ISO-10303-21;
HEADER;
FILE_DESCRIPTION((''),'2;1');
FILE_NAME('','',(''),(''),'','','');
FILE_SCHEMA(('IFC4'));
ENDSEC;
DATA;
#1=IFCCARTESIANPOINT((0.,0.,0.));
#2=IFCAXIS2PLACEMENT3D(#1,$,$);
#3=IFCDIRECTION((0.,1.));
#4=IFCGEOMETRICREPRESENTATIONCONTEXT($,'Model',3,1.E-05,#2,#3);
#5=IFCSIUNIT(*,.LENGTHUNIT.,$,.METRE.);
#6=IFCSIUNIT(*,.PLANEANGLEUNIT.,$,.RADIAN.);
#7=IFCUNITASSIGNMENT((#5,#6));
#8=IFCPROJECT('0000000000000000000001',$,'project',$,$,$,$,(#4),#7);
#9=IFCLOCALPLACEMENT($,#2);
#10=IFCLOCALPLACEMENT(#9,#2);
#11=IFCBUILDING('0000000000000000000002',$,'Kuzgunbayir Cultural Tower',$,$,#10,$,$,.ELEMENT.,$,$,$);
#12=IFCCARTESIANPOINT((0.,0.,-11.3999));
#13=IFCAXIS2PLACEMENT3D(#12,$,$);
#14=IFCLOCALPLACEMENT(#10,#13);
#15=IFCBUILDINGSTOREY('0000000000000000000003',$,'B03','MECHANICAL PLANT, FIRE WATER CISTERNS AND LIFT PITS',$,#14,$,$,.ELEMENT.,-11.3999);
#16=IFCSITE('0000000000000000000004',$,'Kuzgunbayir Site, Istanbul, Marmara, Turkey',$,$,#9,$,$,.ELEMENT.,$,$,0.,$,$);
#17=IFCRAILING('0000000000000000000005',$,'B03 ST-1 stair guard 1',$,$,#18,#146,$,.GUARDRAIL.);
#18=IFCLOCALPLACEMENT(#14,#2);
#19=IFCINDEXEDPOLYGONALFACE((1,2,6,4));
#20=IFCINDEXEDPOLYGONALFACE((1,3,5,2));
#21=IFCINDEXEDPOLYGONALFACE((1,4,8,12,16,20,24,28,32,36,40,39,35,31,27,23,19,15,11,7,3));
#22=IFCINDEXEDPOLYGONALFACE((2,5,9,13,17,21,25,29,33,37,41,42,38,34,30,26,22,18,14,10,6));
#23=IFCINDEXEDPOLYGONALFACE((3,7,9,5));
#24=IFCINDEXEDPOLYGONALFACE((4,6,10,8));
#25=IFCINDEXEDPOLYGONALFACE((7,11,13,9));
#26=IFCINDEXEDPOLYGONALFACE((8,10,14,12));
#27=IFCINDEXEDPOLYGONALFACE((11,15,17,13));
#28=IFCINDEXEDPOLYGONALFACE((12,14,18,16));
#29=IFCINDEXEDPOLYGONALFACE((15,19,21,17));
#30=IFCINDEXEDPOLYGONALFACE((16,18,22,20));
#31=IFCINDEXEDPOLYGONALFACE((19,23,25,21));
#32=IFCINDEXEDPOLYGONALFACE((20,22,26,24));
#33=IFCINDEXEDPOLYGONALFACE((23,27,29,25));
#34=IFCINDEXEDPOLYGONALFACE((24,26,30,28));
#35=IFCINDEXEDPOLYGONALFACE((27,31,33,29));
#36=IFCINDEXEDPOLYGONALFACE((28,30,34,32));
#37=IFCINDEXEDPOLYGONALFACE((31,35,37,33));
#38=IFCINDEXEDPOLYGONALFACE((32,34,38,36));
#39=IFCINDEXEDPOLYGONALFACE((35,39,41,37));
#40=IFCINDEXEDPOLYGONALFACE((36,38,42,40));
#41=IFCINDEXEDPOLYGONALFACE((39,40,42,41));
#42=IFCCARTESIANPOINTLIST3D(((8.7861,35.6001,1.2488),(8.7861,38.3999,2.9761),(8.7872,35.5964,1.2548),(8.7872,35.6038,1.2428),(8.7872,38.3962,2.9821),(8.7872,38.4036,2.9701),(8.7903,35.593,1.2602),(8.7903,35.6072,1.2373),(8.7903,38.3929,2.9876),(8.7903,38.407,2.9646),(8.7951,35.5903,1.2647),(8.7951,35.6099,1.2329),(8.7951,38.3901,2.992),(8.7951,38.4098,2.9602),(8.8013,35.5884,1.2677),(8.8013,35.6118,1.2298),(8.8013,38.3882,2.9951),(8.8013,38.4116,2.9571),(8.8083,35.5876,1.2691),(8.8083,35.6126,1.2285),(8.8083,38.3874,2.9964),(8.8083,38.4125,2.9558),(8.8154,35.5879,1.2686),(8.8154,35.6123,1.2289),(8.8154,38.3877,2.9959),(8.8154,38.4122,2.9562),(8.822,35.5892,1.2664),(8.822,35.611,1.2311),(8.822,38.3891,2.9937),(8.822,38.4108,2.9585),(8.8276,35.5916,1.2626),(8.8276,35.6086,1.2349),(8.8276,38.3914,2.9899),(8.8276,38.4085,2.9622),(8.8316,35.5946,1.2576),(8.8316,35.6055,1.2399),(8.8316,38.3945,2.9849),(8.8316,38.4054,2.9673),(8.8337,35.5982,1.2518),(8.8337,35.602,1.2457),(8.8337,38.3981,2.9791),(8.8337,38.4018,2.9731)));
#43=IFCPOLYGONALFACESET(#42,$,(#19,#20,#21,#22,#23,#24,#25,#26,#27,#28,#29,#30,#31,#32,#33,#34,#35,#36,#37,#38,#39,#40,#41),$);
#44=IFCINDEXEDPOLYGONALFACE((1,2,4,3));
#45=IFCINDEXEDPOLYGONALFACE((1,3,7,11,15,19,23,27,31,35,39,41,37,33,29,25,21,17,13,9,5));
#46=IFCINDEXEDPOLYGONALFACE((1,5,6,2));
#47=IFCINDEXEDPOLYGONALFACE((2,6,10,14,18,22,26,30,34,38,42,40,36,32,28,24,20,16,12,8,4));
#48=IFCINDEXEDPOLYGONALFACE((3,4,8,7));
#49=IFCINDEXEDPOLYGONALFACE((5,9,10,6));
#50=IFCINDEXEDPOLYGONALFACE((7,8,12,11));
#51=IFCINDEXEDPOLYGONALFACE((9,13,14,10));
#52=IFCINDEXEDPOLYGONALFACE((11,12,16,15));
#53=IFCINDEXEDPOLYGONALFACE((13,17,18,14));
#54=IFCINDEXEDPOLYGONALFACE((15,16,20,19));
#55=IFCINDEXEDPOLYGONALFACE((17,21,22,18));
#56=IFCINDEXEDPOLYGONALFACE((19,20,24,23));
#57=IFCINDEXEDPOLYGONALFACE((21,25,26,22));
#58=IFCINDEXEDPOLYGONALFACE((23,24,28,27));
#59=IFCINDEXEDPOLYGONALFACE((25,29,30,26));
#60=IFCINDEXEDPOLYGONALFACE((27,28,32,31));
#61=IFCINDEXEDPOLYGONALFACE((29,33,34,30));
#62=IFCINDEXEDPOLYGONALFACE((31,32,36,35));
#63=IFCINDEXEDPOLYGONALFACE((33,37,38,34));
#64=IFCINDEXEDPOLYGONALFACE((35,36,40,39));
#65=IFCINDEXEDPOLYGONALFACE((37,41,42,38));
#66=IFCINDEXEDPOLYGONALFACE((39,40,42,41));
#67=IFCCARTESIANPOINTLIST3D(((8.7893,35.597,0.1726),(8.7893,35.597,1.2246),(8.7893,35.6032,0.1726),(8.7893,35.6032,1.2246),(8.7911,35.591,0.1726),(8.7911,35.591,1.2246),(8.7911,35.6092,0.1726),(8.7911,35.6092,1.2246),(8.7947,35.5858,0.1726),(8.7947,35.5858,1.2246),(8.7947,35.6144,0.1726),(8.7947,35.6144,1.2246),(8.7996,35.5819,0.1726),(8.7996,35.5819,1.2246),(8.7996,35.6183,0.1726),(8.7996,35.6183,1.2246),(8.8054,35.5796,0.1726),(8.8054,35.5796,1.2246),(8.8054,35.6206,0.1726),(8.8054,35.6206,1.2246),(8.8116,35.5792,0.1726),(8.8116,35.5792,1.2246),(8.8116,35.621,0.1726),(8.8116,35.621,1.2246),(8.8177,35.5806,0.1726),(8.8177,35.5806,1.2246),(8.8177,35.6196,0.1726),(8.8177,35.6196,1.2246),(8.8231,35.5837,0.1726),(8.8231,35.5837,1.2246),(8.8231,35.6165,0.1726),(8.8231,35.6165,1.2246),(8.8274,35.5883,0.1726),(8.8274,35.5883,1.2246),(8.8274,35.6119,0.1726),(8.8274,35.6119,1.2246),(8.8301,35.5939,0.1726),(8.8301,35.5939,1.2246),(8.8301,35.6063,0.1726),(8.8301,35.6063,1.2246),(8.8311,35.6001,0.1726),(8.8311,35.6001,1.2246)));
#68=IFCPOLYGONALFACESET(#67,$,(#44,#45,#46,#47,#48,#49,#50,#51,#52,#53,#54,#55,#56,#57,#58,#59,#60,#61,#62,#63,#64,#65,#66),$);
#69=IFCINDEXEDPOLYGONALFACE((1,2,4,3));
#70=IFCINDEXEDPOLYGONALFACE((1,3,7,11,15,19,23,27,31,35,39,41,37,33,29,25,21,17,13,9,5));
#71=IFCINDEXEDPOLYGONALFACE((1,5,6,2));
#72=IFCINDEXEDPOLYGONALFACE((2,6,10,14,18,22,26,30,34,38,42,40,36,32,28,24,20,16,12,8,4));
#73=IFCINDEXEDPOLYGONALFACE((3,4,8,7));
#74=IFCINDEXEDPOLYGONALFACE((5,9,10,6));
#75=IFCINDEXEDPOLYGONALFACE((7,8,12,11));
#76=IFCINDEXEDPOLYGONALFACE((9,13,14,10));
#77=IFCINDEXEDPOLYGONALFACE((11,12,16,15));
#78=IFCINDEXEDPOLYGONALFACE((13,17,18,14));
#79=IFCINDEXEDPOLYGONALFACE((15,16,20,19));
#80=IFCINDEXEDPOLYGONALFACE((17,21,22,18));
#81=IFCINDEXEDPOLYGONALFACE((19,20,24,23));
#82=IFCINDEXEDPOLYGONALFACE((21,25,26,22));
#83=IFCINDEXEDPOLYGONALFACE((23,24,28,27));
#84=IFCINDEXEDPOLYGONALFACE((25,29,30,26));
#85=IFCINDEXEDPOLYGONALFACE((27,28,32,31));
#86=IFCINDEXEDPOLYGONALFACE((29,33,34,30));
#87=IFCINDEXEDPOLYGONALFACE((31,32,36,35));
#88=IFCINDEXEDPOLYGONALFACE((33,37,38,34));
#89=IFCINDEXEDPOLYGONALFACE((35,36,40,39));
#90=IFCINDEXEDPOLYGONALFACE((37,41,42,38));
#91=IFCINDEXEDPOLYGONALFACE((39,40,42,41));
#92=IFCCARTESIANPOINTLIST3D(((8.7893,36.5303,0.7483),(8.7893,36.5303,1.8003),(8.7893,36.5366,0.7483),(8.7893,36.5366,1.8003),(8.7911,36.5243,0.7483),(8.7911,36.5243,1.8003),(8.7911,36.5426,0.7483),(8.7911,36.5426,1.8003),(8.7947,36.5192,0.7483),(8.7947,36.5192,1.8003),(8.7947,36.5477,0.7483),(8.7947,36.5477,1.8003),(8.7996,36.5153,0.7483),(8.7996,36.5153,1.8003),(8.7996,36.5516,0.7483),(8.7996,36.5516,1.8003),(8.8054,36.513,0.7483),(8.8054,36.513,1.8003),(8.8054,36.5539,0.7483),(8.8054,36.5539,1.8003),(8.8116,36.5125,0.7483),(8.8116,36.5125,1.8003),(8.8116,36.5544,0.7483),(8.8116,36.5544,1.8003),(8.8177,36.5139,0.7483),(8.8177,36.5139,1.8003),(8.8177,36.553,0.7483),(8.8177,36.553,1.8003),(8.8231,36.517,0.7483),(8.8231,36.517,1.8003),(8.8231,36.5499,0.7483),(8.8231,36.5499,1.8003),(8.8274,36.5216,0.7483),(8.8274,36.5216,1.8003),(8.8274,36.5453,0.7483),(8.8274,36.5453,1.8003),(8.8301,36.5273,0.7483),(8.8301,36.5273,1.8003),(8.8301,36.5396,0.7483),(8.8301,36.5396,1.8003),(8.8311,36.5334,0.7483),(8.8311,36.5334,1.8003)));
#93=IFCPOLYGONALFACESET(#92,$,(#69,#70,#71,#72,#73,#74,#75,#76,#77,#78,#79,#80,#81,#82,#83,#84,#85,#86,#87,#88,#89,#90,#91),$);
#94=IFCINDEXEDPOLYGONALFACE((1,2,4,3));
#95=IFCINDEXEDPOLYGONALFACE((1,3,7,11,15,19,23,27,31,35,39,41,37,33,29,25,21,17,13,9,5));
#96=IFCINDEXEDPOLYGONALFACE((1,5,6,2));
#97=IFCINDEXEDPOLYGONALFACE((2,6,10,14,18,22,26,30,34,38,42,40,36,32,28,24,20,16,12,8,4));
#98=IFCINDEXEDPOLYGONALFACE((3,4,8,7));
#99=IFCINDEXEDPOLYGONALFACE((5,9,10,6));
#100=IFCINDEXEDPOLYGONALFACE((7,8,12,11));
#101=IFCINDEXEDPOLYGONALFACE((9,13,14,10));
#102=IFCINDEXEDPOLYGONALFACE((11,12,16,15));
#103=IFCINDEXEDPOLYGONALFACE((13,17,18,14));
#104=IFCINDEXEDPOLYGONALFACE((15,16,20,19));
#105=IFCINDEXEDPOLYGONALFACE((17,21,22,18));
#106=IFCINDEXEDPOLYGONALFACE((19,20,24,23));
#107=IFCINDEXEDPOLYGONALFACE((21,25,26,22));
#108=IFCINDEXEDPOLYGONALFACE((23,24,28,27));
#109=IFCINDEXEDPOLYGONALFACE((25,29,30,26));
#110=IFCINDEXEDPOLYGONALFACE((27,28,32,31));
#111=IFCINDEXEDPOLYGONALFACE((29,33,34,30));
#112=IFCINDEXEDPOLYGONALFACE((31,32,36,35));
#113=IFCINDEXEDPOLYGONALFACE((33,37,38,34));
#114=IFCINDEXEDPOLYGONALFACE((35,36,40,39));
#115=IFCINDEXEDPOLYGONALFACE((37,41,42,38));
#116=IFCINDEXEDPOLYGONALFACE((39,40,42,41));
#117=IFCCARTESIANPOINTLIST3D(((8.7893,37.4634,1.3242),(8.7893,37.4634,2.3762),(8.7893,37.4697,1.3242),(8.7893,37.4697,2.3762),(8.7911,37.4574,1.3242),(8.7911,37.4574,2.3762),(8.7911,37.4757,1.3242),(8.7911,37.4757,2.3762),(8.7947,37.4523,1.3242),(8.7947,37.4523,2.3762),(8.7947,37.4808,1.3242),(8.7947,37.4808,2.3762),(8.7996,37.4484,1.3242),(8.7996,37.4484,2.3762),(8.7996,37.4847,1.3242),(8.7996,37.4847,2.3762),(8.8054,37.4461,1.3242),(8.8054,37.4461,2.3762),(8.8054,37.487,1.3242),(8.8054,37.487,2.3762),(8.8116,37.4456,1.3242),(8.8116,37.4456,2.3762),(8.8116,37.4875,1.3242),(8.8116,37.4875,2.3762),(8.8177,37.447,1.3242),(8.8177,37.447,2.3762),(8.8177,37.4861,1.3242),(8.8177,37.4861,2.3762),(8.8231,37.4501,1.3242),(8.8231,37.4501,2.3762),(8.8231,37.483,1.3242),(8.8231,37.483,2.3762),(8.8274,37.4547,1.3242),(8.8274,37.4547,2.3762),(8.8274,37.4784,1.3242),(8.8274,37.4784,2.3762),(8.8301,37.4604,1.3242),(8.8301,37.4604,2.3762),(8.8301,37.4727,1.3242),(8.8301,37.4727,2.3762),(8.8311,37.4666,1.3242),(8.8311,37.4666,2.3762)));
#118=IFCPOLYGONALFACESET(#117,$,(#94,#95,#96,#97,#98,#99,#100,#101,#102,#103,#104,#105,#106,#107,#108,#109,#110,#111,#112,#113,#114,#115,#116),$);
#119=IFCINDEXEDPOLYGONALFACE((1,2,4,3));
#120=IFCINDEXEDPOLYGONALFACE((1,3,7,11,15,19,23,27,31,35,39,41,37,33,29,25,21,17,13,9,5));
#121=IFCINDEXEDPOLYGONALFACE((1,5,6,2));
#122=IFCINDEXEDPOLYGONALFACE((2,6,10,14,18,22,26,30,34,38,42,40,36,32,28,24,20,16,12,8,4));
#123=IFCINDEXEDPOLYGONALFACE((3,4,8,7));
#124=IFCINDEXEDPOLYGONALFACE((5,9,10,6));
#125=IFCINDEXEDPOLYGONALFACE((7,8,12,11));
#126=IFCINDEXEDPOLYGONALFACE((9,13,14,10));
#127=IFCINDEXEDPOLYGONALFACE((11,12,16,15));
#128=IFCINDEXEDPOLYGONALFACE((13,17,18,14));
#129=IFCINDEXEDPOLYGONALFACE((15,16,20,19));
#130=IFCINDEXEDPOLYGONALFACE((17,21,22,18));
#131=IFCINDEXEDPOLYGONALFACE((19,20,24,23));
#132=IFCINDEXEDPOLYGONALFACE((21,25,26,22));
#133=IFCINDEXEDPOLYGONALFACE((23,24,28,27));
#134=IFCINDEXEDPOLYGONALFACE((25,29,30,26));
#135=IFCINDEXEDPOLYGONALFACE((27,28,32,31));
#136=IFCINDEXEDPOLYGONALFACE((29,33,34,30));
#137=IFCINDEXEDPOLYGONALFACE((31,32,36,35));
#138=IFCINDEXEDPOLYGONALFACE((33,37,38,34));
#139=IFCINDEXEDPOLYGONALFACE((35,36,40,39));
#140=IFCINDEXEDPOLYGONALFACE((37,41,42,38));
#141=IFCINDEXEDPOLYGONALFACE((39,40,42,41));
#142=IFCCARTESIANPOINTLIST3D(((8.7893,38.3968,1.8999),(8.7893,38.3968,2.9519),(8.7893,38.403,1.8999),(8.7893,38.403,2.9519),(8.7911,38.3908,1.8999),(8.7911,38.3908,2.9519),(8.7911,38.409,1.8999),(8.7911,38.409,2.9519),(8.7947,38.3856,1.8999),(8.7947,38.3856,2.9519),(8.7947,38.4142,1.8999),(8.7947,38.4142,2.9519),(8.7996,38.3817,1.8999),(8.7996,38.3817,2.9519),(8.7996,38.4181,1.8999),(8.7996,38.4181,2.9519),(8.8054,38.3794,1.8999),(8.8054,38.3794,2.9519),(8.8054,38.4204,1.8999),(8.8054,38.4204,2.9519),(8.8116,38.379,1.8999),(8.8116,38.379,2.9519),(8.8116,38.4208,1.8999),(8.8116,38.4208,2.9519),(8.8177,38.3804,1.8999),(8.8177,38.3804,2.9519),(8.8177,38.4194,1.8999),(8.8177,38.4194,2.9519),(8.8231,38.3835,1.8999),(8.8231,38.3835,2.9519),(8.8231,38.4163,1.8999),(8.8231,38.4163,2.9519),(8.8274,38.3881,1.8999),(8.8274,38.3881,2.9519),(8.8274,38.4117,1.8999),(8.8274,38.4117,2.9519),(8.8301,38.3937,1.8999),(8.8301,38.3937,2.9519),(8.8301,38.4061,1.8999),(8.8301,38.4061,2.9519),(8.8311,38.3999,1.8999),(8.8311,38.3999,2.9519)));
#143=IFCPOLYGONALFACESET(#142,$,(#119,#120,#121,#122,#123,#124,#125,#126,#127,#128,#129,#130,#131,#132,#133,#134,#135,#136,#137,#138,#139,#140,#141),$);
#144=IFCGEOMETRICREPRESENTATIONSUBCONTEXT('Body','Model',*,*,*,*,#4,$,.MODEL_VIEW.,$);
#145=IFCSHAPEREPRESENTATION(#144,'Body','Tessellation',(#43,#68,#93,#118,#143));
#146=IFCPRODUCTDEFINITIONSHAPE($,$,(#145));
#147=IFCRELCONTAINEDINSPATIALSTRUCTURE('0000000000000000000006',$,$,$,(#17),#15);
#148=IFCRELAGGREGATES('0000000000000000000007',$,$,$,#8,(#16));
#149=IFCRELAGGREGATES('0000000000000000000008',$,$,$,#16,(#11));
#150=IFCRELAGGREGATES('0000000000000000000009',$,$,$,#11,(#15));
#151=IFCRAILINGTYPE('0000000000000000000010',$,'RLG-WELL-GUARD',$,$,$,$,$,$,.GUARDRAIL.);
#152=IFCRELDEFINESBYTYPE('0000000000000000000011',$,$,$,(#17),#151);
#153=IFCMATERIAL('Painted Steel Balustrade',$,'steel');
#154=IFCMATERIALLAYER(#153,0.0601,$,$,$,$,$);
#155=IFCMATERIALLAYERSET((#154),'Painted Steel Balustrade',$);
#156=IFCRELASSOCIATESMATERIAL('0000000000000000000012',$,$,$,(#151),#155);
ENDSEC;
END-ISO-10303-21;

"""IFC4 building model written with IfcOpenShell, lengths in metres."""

from ifc_helpers import new_model, si_unit, direction, frame, origin, origin_2d, place, context, subcontext, project, spatial, circle, extrude, material, layer, layer_set, type_object, element, save


model = new_model("IFC4")

# Units and contexts
model_context = context("Model", 3, precision=1e-05, world=origin(), true_north=direction((0.0, 1.0)))
body_context = subcontext(model_context, "Body", "Model", "MODEL_VIEW")
ifc_project = project(units=[si_unit("LENGTHUNIT", "METRE"), si_unit("PLANEANGLEUNIT", "RADIAN")], contexts=[model_context])

# Site, building, storey
site_placement = place(None, origin())
site = spatial("IfcSite", under=ifc_project, at=site_placement, Name="Kuzgunbayir Site, Istanbul, Marmara, Turkey", CompositionType="ELEMENT", RefElevation=0.0)
building_placement = place(site_placement, origin())
building = spatial("IfcBuilding", under=site, at=building_placement, Name="Kuzgunbayir Cultural Tower", CompositionType="ELEMENT")
storey_placement = place(building_placement, frame((0.0, 0.0, -11.3999)))
storey = spatial("IfcBuildingStorey", under=building, at=storey_placement, Name="B03", Description="MECHANICAL PLANT, FIRE WATER CISTERNS AND LIFT PITS", CompositionType="ELEMENT", Elevation=-11.3999)

# Railing
ifc_material_1 = material(Name="Painted Steel Balustrade", Category="steel")
ifc_layer_1 = layer(ifc_material_1, 0.0601)
ifc_layer_set_1 = layer_set([ifc_layer_1], Name="Painted Steel Balustrade")
railing_type_1 = type_object("IfcRailingType", Name="RLG-WELL-GUARD", PredefinedType="GUARDRAIL", material=ifc_layer_set_1)
railing_1_placement = place(storey_placement, frame((8.8101, 35.6001, 0.1726)))
element("IfcRailing", 1, at=railing_1_placement, inside=storey, type_object=railing_type_1, Name="B03 ST-1 stair guard 1", PredefinedType="GUARDRAIL", context=body_context, shape_type="SweptSolid", body=[
    extrude(circle(Radius=0.0239, at=origin_2d()), frame((0.0, 0.0, 1.0762), z_axis=(0.0, 0.851069, 0.525054), x_axis=(-1.0, 0.0, 0.0)), (0.0, 0.0, 1.0), 3.2898),
    extrude(circle(Radius=0.021, at=origin_2d()), origin(), (0.0, 0.0, 1.0), 1.052),
    extrude(circle(Radius=0.021, at=origin_2d()), frame((0.0, 0.9333, 0.5757)), (0.0, 0.0, 1.0), 1.052),
    extrude(circle(Radius=0.021, at=origin_2d()), frame((0.0, 1.8665, 1.1516)), (0.0, 0.0, 1.0), 1.052),
    extrude(circle(Radius=0.021, at=origin_2d()), frame((0.0, 2.7998, 1.7273)), (0.0, 0.0, 1.0), 1.052),
])

save(model, "model.ifc")
